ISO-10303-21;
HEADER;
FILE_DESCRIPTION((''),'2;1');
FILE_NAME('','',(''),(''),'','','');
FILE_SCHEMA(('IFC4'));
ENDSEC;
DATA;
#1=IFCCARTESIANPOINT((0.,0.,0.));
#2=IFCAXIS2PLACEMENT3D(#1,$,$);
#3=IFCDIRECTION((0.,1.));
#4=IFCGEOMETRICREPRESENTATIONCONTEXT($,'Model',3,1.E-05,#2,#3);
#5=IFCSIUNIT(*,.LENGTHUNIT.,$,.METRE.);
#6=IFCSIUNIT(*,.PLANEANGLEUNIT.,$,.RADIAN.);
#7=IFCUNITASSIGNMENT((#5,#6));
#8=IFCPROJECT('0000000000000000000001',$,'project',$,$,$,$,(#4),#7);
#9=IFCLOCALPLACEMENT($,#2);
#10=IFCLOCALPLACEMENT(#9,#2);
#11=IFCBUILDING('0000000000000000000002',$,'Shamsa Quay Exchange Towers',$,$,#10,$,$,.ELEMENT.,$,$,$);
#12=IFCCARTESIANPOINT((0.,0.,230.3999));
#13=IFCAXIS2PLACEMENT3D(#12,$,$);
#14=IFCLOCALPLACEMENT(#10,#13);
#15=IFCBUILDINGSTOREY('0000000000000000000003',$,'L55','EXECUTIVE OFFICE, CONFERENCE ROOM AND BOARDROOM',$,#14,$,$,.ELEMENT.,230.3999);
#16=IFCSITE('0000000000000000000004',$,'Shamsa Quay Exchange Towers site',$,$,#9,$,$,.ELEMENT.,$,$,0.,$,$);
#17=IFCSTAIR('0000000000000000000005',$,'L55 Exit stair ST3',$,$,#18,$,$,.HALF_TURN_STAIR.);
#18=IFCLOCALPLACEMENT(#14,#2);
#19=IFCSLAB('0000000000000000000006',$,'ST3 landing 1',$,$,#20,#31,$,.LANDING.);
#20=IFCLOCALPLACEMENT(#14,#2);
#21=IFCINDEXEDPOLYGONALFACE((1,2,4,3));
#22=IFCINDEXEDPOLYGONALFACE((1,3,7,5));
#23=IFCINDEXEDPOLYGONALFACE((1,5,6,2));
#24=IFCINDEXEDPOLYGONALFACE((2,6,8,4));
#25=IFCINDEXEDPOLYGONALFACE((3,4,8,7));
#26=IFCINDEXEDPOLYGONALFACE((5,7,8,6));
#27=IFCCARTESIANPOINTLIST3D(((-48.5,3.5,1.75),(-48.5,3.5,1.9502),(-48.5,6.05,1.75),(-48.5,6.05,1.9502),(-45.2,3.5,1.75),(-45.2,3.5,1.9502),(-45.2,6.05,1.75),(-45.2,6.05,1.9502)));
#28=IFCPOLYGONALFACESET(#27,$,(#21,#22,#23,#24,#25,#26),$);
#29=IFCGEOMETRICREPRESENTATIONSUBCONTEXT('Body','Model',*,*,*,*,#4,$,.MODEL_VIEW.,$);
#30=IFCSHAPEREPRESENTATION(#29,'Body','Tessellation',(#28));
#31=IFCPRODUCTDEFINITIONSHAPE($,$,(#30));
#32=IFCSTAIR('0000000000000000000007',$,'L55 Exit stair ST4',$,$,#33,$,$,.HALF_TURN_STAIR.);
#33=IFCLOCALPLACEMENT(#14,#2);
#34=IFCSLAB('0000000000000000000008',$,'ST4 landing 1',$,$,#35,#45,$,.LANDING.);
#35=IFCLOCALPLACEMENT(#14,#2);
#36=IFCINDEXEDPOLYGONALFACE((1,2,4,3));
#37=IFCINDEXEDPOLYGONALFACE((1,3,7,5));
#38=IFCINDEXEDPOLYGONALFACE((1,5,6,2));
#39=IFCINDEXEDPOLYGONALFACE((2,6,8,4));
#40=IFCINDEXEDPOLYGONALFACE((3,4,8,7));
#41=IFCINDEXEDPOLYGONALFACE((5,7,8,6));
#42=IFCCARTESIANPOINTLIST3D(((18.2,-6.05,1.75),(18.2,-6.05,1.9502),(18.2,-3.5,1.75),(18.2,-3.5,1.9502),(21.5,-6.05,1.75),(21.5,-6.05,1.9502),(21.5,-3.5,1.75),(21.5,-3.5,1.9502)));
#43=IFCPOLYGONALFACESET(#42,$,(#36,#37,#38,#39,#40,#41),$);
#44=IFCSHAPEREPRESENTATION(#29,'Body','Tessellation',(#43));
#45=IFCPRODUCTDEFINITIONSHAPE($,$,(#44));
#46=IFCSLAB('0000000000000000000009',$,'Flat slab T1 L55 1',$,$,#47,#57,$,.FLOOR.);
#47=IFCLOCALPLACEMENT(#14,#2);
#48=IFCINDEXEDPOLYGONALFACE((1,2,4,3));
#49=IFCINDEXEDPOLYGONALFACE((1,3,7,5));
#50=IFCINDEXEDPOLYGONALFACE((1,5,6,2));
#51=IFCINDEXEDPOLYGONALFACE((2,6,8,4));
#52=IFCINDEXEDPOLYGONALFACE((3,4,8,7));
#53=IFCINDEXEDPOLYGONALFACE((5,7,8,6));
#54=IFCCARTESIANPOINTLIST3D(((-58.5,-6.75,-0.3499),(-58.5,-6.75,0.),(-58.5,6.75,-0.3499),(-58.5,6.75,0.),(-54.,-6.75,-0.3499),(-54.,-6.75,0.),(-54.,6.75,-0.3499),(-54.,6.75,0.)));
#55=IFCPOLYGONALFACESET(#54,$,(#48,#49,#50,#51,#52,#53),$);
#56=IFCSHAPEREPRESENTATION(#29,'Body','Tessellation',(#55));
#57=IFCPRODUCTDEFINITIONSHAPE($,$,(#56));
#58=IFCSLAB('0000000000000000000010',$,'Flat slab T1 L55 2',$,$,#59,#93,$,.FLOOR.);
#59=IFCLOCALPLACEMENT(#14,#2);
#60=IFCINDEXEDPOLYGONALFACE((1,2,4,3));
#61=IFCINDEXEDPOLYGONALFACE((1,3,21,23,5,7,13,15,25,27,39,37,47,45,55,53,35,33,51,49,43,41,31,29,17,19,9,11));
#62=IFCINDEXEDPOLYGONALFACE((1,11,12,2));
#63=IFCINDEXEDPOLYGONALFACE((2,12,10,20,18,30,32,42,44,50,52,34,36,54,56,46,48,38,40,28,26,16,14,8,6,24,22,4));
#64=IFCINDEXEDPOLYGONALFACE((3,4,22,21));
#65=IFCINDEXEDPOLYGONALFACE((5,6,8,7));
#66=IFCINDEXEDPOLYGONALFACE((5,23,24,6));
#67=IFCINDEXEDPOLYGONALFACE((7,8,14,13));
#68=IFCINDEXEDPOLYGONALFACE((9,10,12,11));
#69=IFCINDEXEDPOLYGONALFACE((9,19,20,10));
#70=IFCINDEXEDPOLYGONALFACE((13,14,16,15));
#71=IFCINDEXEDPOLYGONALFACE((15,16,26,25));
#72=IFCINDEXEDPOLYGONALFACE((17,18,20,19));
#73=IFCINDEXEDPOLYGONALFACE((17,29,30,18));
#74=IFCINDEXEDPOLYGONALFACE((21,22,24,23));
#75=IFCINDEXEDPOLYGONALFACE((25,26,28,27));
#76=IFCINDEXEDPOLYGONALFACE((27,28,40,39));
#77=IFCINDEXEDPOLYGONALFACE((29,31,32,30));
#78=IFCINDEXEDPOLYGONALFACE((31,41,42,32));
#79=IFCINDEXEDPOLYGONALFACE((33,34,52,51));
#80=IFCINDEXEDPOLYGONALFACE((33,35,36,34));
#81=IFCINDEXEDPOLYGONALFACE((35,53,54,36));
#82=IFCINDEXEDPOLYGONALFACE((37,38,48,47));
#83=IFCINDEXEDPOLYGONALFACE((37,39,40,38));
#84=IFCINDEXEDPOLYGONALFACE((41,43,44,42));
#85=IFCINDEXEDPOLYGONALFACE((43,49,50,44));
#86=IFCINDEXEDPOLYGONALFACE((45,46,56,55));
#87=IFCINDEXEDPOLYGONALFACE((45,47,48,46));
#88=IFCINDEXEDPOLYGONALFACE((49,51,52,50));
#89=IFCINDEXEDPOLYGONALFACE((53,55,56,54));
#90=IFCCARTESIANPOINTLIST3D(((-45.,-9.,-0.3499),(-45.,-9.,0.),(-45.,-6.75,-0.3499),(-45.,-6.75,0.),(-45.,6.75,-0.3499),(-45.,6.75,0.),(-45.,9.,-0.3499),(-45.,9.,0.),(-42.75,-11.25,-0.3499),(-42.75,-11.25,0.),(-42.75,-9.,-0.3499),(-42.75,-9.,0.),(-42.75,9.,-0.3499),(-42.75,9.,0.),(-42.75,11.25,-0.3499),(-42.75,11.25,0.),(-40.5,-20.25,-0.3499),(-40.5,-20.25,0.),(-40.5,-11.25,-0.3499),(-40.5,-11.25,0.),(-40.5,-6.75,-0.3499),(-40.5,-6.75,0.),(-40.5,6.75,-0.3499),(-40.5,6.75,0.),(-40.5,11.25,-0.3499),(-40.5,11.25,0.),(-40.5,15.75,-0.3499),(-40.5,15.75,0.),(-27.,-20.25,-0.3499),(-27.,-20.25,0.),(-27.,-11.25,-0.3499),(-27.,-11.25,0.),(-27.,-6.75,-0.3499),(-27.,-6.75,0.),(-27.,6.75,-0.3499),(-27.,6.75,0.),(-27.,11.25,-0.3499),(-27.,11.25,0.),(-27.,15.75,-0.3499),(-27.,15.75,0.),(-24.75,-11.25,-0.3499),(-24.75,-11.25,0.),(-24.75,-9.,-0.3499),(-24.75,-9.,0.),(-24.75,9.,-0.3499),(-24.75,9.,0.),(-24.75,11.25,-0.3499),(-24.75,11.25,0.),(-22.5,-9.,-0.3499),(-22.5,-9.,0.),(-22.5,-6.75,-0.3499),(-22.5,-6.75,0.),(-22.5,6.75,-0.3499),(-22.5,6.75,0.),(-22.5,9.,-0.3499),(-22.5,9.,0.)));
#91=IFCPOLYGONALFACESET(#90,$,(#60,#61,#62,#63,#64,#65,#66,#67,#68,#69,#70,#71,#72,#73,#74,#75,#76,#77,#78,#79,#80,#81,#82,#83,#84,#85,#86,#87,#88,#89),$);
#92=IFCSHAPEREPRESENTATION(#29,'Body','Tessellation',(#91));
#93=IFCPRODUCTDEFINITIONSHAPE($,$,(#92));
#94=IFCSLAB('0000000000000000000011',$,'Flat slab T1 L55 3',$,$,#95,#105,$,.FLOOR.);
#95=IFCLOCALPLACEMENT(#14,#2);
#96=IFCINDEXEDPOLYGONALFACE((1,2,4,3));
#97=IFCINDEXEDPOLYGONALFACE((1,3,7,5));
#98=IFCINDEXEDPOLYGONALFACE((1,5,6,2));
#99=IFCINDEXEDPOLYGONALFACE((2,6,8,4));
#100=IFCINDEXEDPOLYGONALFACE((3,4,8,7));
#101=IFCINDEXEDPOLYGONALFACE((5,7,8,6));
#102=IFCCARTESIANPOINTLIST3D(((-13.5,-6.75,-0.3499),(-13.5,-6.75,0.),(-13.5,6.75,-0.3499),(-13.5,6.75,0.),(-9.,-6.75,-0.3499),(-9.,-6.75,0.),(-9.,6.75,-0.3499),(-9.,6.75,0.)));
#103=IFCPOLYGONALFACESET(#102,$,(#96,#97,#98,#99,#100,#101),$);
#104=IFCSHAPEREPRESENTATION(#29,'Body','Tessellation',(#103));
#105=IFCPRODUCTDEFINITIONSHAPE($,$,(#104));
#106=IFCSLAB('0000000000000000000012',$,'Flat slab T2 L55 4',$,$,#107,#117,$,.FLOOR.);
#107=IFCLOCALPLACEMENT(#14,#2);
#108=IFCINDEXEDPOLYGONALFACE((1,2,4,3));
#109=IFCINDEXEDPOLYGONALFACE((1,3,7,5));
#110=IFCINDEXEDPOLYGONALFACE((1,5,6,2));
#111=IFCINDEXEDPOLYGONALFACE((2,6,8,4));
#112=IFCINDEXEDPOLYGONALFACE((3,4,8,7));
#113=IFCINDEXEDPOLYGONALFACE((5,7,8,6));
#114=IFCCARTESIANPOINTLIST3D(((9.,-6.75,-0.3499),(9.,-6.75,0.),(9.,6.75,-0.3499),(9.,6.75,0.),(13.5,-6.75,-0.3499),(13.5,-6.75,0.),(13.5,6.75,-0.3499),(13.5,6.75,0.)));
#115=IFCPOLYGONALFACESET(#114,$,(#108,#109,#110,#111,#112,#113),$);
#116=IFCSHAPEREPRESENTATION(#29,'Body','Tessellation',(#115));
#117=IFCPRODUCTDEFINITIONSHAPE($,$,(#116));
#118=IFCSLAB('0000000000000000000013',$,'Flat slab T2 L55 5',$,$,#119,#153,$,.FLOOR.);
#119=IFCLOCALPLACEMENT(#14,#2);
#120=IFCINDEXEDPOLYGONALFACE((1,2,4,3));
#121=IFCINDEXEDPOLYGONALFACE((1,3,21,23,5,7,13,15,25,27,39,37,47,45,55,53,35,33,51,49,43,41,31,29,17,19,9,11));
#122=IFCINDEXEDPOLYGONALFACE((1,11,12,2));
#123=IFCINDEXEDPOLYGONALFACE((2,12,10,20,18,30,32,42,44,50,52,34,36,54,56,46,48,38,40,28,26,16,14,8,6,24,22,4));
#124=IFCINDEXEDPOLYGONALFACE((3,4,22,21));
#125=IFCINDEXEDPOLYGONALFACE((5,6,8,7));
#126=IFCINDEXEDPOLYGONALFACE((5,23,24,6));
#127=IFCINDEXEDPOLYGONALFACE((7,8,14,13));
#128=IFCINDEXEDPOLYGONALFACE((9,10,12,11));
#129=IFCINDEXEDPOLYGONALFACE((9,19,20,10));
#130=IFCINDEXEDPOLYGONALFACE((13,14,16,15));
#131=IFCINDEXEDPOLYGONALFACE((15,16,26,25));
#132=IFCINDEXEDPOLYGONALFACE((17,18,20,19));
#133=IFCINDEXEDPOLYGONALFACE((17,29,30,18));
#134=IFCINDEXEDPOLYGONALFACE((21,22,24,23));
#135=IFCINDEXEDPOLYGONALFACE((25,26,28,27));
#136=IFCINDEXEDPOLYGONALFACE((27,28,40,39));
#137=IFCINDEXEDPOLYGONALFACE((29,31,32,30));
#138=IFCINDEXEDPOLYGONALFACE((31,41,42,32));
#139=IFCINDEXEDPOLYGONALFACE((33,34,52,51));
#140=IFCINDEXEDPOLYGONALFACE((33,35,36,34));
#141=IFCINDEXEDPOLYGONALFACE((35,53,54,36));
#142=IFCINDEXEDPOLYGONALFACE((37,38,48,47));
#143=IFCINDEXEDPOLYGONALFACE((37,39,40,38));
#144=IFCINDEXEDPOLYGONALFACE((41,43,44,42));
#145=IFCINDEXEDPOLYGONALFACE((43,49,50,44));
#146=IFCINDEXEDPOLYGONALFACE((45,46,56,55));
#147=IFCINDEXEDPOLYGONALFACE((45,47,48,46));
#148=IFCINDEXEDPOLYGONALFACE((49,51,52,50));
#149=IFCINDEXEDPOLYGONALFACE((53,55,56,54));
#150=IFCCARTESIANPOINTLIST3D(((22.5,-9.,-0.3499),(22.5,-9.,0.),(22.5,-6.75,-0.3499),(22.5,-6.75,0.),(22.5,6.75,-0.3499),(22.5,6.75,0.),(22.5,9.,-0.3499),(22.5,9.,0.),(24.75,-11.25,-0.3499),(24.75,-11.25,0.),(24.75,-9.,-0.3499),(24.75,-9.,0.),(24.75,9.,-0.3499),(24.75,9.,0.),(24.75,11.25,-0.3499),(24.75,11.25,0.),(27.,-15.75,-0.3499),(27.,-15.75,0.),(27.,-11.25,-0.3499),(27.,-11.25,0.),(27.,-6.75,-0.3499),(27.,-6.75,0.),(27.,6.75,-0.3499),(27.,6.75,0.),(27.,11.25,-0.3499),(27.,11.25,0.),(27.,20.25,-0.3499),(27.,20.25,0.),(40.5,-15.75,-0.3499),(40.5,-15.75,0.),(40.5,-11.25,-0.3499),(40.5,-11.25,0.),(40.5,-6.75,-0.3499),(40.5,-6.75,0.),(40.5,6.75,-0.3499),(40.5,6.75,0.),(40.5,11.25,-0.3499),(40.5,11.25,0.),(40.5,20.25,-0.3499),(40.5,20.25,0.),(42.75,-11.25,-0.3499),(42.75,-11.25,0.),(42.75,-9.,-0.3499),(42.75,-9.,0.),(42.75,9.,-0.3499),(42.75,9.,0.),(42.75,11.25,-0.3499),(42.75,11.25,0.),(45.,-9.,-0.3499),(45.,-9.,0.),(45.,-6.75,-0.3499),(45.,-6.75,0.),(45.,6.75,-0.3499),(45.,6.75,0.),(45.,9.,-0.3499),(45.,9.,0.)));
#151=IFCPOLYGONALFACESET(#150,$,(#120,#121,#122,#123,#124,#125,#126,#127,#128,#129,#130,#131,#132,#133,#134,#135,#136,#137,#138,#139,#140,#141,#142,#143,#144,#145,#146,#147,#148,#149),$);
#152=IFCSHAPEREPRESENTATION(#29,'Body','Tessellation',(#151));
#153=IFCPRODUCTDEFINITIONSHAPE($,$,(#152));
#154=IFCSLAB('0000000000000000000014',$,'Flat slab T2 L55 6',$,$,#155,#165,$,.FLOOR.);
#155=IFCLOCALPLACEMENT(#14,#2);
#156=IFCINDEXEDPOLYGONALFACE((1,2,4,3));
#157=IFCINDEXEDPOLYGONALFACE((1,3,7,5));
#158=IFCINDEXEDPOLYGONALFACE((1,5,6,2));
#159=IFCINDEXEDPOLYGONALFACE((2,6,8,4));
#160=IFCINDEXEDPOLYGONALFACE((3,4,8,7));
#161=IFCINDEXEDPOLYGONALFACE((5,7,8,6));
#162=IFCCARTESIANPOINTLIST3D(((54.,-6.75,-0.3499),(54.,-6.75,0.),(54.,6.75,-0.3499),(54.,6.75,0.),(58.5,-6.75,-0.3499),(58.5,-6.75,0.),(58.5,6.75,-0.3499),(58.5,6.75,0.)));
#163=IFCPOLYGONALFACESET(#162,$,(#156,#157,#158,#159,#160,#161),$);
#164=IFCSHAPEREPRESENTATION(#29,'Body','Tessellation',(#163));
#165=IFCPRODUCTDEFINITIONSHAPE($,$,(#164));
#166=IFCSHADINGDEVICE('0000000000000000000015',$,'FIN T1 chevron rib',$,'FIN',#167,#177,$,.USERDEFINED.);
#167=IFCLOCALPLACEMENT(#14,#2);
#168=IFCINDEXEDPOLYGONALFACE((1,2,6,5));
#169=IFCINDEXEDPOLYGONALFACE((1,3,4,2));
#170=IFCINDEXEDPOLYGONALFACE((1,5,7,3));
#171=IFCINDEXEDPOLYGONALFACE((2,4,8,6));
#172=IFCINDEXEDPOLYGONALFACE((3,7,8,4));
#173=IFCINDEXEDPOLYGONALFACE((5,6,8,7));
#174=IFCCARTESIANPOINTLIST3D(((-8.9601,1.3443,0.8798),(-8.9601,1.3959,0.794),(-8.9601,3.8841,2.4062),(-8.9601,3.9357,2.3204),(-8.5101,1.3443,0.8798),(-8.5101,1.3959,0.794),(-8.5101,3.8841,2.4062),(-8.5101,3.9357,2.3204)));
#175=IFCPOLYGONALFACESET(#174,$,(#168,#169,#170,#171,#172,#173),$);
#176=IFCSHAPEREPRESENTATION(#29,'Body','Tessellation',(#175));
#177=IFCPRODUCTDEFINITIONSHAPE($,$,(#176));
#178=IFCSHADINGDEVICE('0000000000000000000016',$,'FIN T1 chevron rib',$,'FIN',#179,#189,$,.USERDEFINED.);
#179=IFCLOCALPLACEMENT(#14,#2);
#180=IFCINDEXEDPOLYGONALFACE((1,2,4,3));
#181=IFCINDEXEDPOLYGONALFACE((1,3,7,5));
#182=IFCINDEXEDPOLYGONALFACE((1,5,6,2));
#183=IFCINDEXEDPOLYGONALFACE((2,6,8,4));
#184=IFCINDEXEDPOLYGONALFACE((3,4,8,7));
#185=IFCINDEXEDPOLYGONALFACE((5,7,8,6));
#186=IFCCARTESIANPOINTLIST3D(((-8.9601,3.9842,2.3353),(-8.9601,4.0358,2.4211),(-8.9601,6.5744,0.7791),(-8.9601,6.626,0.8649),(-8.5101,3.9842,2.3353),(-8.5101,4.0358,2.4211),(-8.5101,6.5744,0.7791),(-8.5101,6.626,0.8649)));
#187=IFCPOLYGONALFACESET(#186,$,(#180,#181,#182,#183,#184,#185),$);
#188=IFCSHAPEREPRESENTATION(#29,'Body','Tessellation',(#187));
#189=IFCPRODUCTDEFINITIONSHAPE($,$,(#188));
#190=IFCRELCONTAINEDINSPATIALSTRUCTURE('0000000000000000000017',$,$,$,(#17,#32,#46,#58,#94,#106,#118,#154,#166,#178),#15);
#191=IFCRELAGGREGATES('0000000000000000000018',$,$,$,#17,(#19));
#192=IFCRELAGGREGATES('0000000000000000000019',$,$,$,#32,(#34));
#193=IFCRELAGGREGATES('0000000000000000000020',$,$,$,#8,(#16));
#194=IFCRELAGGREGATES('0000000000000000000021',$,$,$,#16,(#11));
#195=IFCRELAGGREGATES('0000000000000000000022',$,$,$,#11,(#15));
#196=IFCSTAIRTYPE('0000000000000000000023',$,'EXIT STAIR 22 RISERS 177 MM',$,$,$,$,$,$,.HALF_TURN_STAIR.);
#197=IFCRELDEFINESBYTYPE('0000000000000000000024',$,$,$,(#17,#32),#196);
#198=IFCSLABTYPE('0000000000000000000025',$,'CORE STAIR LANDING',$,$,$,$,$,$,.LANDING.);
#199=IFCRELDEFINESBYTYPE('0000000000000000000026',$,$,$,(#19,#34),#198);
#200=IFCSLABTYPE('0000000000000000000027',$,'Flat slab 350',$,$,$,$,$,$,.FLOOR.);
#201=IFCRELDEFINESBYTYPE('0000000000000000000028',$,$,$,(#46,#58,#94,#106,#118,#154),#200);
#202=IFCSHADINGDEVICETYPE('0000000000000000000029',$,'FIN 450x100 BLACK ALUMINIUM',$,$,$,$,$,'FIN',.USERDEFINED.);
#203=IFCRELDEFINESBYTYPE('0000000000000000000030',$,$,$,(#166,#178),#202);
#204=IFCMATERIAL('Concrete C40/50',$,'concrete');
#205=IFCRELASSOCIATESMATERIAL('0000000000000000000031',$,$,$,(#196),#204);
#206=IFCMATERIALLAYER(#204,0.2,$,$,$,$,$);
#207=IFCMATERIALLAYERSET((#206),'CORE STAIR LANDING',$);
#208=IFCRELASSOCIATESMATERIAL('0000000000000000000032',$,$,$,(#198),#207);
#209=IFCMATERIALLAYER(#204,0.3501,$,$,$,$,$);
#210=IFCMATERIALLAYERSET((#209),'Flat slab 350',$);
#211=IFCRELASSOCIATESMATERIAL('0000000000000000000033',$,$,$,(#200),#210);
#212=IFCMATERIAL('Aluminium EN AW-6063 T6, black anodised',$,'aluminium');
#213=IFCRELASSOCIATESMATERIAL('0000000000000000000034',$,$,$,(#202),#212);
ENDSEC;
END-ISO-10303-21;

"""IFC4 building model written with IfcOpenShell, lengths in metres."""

from ifc_helpers import new_model, si_unit, direction, frame, origin, origin_2d, place, context, subcontext, project, spatial, polyline, rectangle, outline, extrude, material, layer, layer_set, material_profile, profile_set, type_object, element, aggregate, save


model = new_model("IFC4")

# Units and contexts
model_context = context("Model", 3, precision=1e-05, world=origin(), true_north=direction((0.0, 1.0)))
body_context = subcontext(model_context, "Body", "Model", "MODEL_VIEW")
ifc_project = project(units=[si_unit("LENGTHUNIT", "METRE"), si_unit("PLANEANGLEUNIT", "RADIAN")], contexts=[model_context])

# Site, building, storey
site_placement = place(None, origin())
site = spatial("IfcSite", under=ifc_project, at=site_placement, Name="Shamsa Quay Exchange Towers site", CompositionType="ELEMENT", RefElevation=0.0)
building_placement = place(site_placement, origin())
building = spatial("IfcBuilding", under=site, at=building_placement, Name="Shamsa Quay Exchange Towers", CompositionType="ELEMENT")
storey_placement = place(building_placement, frame((0.0, 0.0, 230.3999)))
storey = spatial("IfcBuildingStorey", under=building, at=storey_placement, Name="L55", Description="EXECUTIVE OFFICE, CONFERENCE ROOM AND BOARDROOM", CompositionType="ELEMENT", Elevation=230.3999)

# Stairs, slabs
ifc_material_1 = material(Name="Concrete C40/50", Category="concrete")
stair_type = type_object("IfcStairType", Name="EXIT STAIR 22 RISERS 177 MM", PredefinedType="HALF_TURN_STAIR", material=ifc_material_1)
ifc_layer_1 = layer(ifc_material_1, 0.2)
ifc_layer_set_1 = layer_set([ifc_layer_1], Name="CORE STAIR LANDING")
slab_type_1 = type_object("IfcSlabType", Name="CORE STAIR LANDING", PredefinedType="LANDING", material=ifc_layer_set_1)
stair_1_placement = place(storey_placement, origin())
stair_1 = element("IfcStair", 1, at=stair_1_placement, inside=storey, type_object=stair_type, Name="L55 Exit stair ST3", PredefinedType="HALF_TURN_STAIR")
slab_1_placement = place(storey_placement, frame((0.0, 0.0, 1.75)))
slab_1 = element("IfcSlab", 2, at=slab_1_placement, type_object=slab_type_1, Name="ST3 landing 1", PredefinedType="LANDING", context=body_context, shape_type="SweptSolid", body=[
    extrude(outline(polyline([(-45.2, 6.05), (-48.5, 6.05), (-48.5, 3.5), (-45.2, 3.5), (-45.2, 6.05)])), origin(), (0.0, 0.0, 1.0), 0.2002),
])
aggregate(stair_1, [slab_1])
stair_2_placement = place(storey_placement, origin())
stair_2 = element("IfcStair", 3, at=stair_2_placement, inside=storey, type_object=stair_type, Name="L55 Exit stair ST4", PredefinedType="HALF_TURN_STAIR")
slab_2_placement = place(storey_placement, frame((0.0, 0.0, 1.75)))
slab_2 = element("IfcSlab", 4, at=slab_2_placement, type_object=slab_type_1, Name="ST4 landing 1", PredefinedType="LANDING", context=body_context, shape_type="SweptSolid", body=[
    extrude(outline(polyline([(18.2, -6.05), (21.5, -6.05), (21.5, -3.5), (18.2, -3.5), (18.2, -6.05)])), origin(), (0.0, 0.0, 1.0), 0.2002),
])
aggregate(stair_2, [slab_2])

# Slabs
ifc_layer_2 = layer(ifc_material_1, 0.3501)
ifc_layer_set_2 = layer_set([ifc_layer_2], Name="Flat slab 350")
slab_type_2 = type_object("IfcSlabType", Name="Flat slab 350", PredefinedType="FLOOR", material=ifc_layer_set_2)
slab_3_placement = place(storey_placement, frame((0.0, 0.0, -0.3499)))
element("IfcSlab", 5, at=slab_3_placement, inside=storey, type_object=slab_type_2, Name="Flat slab T1 L55 1", PredefinedType="FLOOR", context=body_context, shape_type="SweptSolid", body=[
    extrude(outline(polyline([(-58.5, -6.75), (-54.0, -6.75), (-54.0, 6.75), (-58.5, 6.75), (-58.5, -6.75)])), origin(), (0.0, 0.0, 1.0), 0.3499),
])
slab_4_placement = place(storey_placement, frame((0.0, 0.0, -0.3499)))
element("IfcSlab", 6, at=slab_4_placement, inside=storey, type_object=slab_type_2, Name="Flat slab T1 L55 2", PredefinedType="FLOOR", context=body_context, shape_type="SweptSolid", body=[
    extrude(outline(polyline([(-22.5, -9.0), (-22.5, -6.75), (-27.0, -6.75), (-27.0, 6.75), (-22.5, 6.75), (-22.5, 9.0), (-24.75, 9.0), (-24.75, 11.25), (-27.0, 11.25), (-27.0, 15.75), (-40.5, 15.75), (-40.5, 11.25), (-42.75, 11.25), (-42.75, 9.0), (-45.0, 9.0), (-45.0, 6.75), (-40.5, 6.75), (-40.5, -6.75), (-45.0, -6.75), (-45.0, -9.0), (-42.75, -9.0), (-42.75, -11.25), (-40.5, -11.25), (-40.5, -20.25), (-27.0, -20.25), (-27.0, -11.25), (-24.75, -11.25), (-24.75, -9.0), (-22.5, -9.0)])), origin(), (0.0, 0.0, 1.0), 0.3499),
])
slab_5_placement = place(storey_placement, frame((0.0, 0.0, -0.3499)))
element("IfcSlab", 7, at=slab_5_placement, inside=storey, type_object=slab_type_2, Name="Flat slab T1 L55 3", PredefinedType="FLOOR", context=body_context, shape_type="SweptSolid", body=[
    extrude(outline(polyline([(-9.0, 6.75), (-13.5, 6.75), (-13.5, -6.75), (-9.0, -6.75), (-9.0, 6.75)])), origin(), (0.0, 0.0, 1.0), 0.3499),
])
slab_6_placement = place(storey_placement, frame((0.0, 0.0, -0.3499)))
element("IfcSlab", 8, at=slab_6_placement, inside=storey, type_object=slab_type_2, Name="Flat slab T2 L55 4", PredefinedType="FLOOR", context=body_context, shape_type="SweptSolid", body=[
    extrude(outline(polyline([(9.0, -6.75), (13.5, -6.75), (13.5, 6.75), (9.0, 6.75), (9.0, -6.75)])), origin(), (0.0, 0.0, 1.0), 0.3499),
])
slab_7_placement = place(storey_placement, frame((0.0, 0.0, -0.3499)))
element("IfcSlab", 9, at=slab_7_placement, inside=storey, type_object=slab_type_2, Name="Flat slab T2 L55 5", PredefinedType="FLOOR", context=body_context, shape_type="SweptSolid", body=[
    extrude(outline(polyline([(45.0, -9.0), (45.0, -6.75), (40.5, -6.75), (40.5, 6.75), (45.0, 6.75), (45.0, 9.0), (42.75, 9.0), (42.75, 11.25), (40.5, 11.25), (40.5, 20.25), (27.0, 20.25), (27.0, 11.25), (24.75, 11.25), (24.75, 9.0), (22.5, 9.0), (22.5, 6.75), (27.0, 6.75), (27.0, -6.75), (22.5, -6.75), (22.5, -9.0), (24.75, -9.0), (24.75, -11.25), (27.0, -11.25), (27.0, -15.75), (40.5, -15.75), (40.5, -11.25), (42.75, -11.25), (42.75, -9.0), (45.0, -9.0)])), origin(), (0.0, 0.0, 1.0), 0.3499),
])
slab_8_placement = place(storey_placement, frame((0.0, 0.0, -0.3499)))
element("IfcSlab", 10, at=slab_8_placement, inside=storey, type_object=slab_type_2, Name="Flat slab T2 L55 6", PredefinedType="FLOOR", context=body_context, shape_type="SweptSolid", body=[
    extrude(outline(polyline([(58.5, 6.75), (54.0, 6.75), (54.0, -6.75), (58.5, -6.75), (58.5, 6.75)])), origin(), (0.0, 0.0, 1.0), 0.3499),
])

# Shading devices
ifc_material_2 = material(Name="Aluminium EN AW-6063 T6, black anodised", Category="aluminium")
ifc_material_profile = material_profile(ifc_material_2, rectangle(XDim=0.45, YDim=0.1001, at=origin_2d()), Name="FIN450x100")
ifc_profile_set = profile_set([ifc_material_profile], Name="Aluminium EN AW-6063 T6, black anodised")
shading_device_type = type_object("IfcShadingDeviceType", Name="FIN 450x100 BLACK ALUMINIUM", ElementType="FIN", PredefinedType="USERDEFINED", material=ifc_profile_set)
shading_device_1_placement = place(storey_placement, frame((-8.7351, 1.3701, 0.8369), z_axis=(0.0, 0.857122, 0.515114), x_axis=(-1.0, 0.0, 0.0)))
element("IfcShadingDevice", 11, at=shading_device_1_placement, inside=storey, type_object=shading_device_type, Name="FIN T1 chevron rib", ObjectType="FIN", PredefinedType="USERDEFINED", context=body_context, shape_type="SweptSolid", body=[
    extrude(rectangle(XDim=0.45, YDim=0.1001, at=origin_2d()), origin(), (0.0, 0.0, 1.0), 2.9631),
])
shading_device_2_placement = place(storey_placement, frame((-8.7351, 4.01, 2.3782), z_axis=(0.0, 0.857186, -0.515007), x_axis=(-1.0, 0.0, 0.0)))
element("IfcShadingDevice", 12, at=shading_device_2_placement, inside=storey, type_object=shading_device_type, Name="FIN T1 chevron rib", ObjectType="FIN", PredefinedType="USERDEFINED", context=body_context, shape_type="SweptSolid", body=[
    extrude(rectangle(XDim=0.45, YDim=0.1001, at=origin_2d()), origin(), (0.0, 0.0, 1.0), 3.0217),
])

save(model, "model.ifc")
